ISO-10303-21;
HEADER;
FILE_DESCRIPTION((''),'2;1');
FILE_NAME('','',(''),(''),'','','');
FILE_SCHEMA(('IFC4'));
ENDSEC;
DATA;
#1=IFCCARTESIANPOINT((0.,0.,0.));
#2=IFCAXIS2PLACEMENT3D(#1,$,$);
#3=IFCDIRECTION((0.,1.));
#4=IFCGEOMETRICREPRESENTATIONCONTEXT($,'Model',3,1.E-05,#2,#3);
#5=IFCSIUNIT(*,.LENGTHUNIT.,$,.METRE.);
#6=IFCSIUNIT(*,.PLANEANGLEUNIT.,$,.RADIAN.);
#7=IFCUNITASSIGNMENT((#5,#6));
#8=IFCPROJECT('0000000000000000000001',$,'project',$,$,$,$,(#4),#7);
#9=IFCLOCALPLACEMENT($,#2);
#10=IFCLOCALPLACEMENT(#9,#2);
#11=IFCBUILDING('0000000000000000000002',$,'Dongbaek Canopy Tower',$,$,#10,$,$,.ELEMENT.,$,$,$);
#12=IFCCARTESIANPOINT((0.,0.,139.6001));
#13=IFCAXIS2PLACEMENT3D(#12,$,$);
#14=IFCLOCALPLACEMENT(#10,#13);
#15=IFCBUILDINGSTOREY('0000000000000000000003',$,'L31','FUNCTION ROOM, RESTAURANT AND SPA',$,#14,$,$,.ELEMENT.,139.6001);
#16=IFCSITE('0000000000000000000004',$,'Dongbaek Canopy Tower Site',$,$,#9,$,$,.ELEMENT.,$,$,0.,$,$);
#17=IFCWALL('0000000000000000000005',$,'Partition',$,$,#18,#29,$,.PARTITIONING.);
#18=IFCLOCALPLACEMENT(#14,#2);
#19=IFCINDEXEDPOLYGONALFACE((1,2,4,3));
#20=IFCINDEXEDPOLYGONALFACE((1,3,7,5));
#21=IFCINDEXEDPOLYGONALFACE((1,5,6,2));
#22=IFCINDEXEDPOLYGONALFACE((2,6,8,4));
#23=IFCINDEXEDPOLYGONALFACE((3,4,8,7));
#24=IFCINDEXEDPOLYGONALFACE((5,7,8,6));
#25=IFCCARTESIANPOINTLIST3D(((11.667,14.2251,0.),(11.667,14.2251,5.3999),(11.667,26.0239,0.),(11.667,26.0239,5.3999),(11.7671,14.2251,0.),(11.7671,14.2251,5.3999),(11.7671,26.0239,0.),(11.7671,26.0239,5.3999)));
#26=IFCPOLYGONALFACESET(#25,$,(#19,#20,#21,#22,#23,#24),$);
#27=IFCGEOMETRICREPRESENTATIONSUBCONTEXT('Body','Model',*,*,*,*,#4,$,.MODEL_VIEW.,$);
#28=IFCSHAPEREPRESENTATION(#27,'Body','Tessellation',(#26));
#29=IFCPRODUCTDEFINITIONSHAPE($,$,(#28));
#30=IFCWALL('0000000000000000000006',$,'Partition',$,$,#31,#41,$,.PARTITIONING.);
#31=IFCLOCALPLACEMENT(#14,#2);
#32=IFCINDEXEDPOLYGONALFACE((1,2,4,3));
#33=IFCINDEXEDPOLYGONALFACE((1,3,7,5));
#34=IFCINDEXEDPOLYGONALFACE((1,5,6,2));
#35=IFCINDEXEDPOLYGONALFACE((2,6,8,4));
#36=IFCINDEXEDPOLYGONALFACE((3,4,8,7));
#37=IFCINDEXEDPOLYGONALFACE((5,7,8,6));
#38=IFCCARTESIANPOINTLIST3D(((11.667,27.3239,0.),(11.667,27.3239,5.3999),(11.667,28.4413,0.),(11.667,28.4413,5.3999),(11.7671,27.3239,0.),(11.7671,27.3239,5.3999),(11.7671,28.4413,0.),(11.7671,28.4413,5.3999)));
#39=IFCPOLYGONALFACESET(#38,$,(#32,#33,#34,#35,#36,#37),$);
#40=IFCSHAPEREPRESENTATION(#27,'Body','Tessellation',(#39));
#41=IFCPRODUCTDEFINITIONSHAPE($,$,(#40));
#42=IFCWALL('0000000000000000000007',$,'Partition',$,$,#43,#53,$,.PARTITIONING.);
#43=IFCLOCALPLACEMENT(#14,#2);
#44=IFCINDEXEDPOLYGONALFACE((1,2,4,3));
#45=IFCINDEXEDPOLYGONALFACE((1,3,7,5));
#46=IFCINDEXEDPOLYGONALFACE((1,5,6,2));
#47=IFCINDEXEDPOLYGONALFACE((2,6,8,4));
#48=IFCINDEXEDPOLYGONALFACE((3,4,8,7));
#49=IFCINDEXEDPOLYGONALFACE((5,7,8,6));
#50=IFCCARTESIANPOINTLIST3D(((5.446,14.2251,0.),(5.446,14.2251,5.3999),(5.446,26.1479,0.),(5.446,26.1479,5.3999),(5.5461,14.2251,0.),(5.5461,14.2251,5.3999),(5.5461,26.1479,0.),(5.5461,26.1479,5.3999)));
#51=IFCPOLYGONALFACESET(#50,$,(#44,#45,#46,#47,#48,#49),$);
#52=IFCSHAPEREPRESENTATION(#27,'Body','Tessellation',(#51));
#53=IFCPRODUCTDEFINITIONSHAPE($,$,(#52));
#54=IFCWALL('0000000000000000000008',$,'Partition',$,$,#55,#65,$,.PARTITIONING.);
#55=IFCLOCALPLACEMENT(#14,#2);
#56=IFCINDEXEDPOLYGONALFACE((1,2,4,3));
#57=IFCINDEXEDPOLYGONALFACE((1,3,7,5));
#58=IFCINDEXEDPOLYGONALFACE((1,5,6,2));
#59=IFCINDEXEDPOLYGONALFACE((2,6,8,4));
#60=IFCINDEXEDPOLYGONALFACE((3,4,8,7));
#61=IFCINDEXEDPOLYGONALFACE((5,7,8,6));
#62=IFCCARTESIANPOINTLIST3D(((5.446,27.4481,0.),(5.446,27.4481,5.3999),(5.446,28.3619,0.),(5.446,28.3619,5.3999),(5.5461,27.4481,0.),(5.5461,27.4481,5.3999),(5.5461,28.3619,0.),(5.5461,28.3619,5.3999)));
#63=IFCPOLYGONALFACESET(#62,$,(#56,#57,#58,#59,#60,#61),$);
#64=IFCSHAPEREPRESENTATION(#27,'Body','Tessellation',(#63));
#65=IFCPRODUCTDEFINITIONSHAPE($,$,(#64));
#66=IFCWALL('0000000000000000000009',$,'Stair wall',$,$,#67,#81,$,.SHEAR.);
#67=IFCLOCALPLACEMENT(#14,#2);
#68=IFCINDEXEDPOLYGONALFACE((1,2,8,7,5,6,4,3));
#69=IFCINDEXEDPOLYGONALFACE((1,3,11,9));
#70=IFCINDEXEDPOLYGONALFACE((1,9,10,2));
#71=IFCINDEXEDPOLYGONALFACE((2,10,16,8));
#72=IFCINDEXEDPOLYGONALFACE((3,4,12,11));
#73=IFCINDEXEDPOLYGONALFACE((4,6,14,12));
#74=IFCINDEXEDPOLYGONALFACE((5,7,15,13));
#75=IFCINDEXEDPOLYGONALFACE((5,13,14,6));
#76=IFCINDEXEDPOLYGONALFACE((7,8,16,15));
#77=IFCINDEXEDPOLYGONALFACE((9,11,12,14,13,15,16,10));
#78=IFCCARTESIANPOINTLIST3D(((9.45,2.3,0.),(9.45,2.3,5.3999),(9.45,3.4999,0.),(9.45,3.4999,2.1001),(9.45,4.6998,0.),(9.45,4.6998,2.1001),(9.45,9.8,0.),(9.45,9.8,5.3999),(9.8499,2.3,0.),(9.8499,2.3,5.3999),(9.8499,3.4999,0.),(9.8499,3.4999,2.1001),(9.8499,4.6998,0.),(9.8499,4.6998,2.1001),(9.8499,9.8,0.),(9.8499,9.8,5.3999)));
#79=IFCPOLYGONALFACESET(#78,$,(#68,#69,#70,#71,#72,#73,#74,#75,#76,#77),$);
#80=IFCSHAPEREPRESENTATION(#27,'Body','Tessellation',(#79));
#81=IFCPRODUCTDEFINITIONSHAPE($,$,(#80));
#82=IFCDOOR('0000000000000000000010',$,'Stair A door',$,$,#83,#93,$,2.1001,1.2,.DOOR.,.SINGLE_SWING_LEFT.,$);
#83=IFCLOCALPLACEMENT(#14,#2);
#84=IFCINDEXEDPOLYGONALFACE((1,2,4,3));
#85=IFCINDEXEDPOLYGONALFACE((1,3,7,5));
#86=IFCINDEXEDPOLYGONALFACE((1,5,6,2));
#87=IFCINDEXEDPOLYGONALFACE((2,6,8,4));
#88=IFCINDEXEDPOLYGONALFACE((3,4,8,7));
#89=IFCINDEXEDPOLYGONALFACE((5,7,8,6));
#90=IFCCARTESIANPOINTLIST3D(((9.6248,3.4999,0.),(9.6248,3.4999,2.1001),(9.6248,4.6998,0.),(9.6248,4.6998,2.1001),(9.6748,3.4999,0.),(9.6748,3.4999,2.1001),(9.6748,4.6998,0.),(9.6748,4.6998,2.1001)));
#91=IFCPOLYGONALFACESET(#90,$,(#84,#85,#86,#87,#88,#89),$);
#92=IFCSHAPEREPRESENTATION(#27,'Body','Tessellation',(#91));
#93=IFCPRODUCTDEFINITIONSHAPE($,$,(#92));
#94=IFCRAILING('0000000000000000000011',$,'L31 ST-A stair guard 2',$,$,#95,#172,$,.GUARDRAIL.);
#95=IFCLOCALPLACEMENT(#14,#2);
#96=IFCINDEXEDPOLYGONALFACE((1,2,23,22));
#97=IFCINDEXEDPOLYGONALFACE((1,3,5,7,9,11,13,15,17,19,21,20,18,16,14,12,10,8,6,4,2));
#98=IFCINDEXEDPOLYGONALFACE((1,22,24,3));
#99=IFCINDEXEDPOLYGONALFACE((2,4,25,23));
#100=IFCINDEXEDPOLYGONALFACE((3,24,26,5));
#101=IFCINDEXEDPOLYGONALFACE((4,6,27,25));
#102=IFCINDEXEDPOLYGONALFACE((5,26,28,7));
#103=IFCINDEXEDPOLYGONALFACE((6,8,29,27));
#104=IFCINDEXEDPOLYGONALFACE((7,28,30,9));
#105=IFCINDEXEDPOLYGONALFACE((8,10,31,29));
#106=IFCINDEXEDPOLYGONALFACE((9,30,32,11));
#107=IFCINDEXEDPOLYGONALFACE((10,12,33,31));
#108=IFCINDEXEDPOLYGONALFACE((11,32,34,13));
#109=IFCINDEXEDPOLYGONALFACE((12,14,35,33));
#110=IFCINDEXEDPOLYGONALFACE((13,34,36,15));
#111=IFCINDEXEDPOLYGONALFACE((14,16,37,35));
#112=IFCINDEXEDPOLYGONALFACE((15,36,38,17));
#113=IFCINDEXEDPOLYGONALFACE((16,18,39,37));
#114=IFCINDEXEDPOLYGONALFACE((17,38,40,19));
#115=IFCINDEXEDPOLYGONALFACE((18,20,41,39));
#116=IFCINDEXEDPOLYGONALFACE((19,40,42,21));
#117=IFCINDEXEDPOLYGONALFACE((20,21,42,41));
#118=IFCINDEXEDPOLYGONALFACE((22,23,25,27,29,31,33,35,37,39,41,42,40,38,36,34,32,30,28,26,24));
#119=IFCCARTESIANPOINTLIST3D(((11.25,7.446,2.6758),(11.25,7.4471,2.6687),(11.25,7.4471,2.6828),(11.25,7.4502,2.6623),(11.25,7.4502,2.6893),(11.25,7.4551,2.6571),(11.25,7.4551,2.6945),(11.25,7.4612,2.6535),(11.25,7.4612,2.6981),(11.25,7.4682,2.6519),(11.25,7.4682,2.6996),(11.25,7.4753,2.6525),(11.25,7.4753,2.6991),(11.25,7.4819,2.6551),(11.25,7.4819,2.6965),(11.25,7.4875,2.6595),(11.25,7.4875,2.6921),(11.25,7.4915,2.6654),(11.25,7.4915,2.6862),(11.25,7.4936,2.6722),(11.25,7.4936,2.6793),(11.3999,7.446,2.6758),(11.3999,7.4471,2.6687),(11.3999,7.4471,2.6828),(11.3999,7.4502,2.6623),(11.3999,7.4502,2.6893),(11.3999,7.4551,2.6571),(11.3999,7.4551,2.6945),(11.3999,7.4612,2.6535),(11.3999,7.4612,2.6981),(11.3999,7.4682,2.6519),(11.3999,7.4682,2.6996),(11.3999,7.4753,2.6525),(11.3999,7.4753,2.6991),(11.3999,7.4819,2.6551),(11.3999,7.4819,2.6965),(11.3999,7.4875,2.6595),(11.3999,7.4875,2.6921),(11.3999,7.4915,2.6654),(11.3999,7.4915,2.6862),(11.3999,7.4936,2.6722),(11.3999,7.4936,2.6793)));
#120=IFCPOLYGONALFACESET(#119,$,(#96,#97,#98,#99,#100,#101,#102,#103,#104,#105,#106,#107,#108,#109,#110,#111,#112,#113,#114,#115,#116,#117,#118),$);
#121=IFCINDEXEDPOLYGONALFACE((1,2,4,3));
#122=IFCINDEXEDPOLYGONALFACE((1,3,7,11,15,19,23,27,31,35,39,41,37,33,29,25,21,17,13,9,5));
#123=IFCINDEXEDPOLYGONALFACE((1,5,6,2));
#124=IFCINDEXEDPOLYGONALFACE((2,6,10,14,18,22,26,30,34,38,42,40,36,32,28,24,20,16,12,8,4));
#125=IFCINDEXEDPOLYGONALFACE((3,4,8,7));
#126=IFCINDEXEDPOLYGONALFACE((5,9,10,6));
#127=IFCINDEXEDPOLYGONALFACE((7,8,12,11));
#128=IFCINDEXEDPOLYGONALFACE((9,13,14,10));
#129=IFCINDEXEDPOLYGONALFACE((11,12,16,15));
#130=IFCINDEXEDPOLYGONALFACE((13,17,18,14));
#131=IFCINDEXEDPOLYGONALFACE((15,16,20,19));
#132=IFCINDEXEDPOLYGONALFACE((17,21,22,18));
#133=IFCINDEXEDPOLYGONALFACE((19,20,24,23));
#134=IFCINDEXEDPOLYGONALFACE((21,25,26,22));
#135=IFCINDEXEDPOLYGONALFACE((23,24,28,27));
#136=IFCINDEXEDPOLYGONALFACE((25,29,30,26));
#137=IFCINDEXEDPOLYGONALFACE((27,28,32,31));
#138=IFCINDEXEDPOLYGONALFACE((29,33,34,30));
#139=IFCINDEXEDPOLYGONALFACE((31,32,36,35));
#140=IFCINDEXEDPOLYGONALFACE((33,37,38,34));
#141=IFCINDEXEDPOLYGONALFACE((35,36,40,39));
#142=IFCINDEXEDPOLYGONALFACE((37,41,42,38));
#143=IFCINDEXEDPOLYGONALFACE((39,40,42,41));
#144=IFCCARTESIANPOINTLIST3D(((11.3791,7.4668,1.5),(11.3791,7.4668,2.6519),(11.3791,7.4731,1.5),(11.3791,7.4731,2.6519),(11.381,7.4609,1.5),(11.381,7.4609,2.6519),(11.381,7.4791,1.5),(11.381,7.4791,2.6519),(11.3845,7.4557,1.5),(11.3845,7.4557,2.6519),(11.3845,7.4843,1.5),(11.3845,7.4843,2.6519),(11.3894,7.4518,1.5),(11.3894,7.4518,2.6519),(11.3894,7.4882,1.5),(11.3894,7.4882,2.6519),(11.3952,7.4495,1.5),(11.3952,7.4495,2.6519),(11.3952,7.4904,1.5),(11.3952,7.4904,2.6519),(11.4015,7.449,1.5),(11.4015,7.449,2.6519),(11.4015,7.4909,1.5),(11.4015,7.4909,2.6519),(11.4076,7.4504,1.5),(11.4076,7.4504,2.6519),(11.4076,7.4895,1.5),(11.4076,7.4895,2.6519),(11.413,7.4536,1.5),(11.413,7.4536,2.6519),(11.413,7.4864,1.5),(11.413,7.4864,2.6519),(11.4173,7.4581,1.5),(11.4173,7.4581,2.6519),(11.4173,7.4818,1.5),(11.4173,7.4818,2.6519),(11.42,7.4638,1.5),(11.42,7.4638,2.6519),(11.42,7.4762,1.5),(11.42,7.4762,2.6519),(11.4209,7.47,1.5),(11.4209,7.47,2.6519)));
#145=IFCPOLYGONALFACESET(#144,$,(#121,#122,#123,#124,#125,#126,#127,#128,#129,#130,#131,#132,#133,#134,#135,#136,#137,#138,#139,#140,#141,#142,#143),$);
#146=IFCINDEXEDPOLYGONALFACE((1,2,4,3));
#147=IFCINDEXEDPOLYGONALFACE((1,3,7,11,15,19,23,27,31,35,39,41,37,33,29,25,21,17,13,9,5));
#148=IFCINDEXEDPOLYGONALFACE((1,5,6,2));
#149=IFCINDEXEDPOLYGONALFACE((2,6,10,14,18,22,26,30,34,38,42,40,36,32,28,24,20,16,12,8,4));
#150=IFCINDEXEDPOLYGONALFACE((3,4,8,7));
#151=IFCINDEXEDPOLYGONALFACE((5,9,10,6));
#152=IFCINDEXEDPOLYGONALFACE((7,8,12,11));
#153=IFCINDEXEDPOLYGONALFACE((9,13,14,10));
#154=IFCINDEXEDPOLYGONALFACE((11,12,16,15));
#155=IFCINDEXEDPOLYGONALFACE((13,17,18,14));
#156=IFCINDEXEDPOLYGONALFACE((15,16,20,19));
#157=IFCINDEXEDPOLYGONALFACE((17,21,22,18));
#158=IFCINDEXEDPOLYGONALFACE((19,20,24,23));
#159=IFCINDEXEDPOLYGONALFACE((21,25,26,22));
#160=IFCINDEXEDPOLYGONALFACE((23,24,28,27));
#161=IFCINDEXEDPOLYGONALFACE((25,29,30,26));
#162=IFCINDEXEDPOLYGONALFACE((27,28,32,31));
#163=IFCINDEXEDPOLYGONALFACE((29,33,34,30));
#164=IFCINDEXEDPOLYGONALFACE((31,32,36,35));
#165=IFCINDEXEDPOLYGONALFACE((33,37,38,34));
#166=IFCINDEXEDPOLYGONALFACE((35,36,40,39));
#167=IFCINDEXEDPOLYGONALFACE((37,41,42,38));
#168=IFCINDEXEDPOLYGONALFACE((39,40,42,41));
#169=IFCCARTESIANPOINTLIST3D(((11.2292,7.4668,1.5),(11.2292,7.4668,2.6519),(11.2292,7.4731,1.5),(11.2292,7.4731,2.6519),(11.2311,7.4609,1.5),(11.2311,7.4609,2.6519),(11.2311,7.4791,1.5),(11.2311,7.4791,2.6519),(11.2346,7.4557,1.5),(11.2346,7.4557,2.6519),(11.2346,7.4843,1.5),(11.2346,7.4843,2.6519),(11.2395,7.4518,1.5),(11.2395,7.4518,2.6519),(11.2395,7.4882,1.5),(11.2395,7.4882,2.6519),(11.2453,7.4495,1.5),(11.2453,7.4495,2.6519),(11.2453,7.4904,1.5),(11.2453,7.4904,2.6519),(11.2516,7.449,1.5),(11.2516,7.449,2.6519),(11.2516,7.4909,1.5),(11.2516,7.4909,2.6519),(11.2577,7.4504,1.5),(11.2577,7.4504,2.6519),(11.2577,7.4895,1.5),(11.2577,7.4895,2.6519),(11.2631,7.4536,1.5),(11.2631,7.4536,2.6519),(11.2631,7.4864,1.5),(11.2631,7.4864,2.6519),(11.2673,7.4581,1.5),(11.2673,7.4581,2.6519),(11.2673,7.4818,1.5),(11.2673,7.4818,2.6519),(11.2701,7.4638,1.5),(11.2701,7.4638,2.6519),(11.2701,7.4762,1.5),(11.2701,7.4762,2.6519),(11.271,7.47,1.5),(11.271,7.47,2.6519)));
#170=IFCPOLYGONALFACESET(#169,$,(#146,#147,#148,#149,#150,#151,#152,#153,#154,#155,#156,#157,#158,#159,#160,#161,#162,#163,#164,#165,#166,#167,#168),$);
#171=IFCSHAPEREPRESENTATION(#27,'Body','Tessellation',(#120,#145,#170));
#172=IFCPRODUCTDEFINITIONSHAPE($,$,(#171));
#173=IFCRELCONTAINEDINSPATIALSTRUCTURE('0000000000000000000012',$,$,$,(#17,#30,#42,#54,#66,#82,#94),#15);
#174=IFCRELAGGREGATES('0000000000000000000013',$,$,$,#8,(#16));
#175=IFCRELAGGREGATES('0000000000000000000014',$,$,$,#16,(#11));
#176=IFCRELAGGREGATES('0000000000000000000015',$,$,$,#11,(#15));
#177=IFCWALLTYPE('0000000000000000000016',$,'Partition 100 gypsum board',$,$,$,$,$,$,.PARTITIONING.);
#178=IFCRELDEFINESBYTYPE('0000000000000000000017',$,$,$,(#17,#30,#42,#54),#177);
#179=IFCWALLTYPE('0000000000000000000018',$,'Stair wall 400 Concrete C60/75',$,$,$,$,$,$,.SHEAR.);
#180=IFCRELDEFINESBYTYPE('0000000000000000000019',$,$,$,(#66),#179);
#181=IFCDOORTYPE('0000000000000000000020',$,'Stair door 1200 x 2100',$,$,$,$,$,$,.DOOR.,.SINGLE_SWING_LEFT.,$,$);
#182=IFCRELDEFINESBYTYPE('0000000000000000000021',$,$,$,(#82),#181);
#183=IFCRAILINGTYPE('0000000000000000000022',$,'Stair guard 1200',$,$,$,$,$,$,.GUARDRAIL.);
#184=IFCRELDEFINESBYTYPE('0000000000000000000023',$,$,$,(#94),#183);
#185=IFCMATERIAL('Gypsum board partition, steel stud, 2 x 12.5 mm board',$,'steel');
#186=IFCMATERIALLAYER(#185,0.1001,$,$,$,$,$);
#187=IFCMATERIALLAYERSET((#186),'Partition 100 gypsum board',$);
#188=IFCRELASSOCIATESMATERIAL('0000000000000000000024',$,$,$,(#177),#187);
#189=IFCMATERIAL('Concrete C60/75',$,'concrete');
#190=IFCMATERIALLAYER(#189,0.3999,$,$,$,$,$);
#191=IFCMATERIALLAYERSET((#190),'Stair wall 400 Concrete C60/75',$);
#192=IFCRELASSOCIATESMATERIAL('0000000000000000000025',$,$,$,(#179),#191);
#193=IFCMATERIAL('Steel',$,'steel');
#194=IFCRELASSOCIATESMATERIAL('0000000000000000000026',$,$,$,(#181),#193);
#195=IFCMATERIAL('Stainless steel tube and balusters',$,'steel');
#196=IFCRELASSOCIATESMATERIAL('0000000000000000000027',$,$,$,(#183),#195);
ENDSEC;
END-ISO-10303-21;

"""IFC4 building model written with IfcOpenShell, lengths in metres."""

from ifc_helpers import new_model, si_unit, direction, frame, frame_2d, origin, origin_2d, place, context, subcontext, project, spatial, rectangle, circle, extrude, material, layer, layer_set, type_object, element, fill, save


model = new_model("IFC4")

# Units and contexts
model_context = context("Model", 3, precision=1e-05, world=origin(), true_north=direction((0.0, 1.0)))
body_context = subcontext(model_context, "Body", "Model", "MODEL_VIEW")
ifc_project = project(units=[si_unit("LENGTHUNIT", "METRE"), si_unit("PLANEANGLEUNIT", "RADIAN")], contexts=[model_context])

# Site, building, storey
site_placement = place(None, origin())
site = spatial("IfcSite", under=ifc_project, at=site_placement, Name="Dongbaek Canopy Tower Site", CompositionType="ELEMENT", RefElevation=0.0)
building_placement = place(site_placement, origin())
building = spatial("IfcBuilding", under=site, at=building_placement, Name="Dongbaek Canopy Tower", CompositionType="ELEMENT")
storey_placement = place(building_placement, frame((0.0, 0.0, 139.6001)))
storey = spatial("IfcBuildingStorey", under=building, at=storey_placement, Name="L31", Description="FUNCTION ROOM, RESTAURANT AND SPA", CompositionType="ELEMENT", Elevation=139.6001)

# Walls
ifc_material_1 = material(Name="Gypsum board partition, steel stud, 2 x 12.5 mm board", Category="steel")
ifc_layer_1 = layer(ifc_material_1, 0.1001)
ifc_layer_set_1 = layer_set([ifc_layer_1], Name="Partition 100 gypsum board")
wall_type_1 = type_object("IfcWallType", Name="Partition 100 gypsum board", PredefinedType="PARTITIONING", material=ifc_layer_set_1)
wall_1_placement = place(storey_placement, frame((11.717, 14.2251, 0.0), z_axis=(0.0, 0.0, 1.0), x_axis=(0.0, 1.0, 0.0)))
element("IfcWall", 1, at=wall_1_placement, inside=storey, type_object=wall_type_1, Name="Partition", PredefinedType="PARTITIONING", context=body_context, shape_type="SweptSolid", body=[
    extrude(rectangle(XDim=11.7988, YDim=0.1001, at=frame_2d((5.8994, 0.0))), origin(), (0.0, 0.0, 1.0), 5.3999),
])
wall_2_placement = place(storey_placement, frame((11.717, 27.324, 0.0), z_axis=(0.0, 0.0, 1.0), x_axis=(0.0, 1.0, 0.0)))
element("IfcWall", 2, at=wall_2_placement, inside=storey, type_object=wall_type_1, Name="Partition", PredefinedType="PARTITIONING", context=body_context, shape_type="SweptSolid", body=[
    extrude(rectangle(XDim=1.1174, YDim=0.1001, at=frame_2d((0.5586, 0.0))), origin(), (0.0, 0.0, 1.0), 5.3999),
])
wall_3_placement = place(storey_placement, frame((5.4961, 14.2251, 0.0), z_axis=(0.0, 0.0, 1.0), x_axis=(0.0, 1.0, 0.0)))
element("IfcWall", 3, at=wall_3_placement, inside=storey, type_object=wall_type_1, Name="Partition", PredefinedType="PARTITIONING", context=body_context, shape_type="SweptSolid", body=[
    extrude(rectangle(XDim=11.9229, YDim=0.1001, at=frame_2d((5.9614, 0.0))), origin(), (0.0, 0.0, 1.0), 5.3999),
])
wall_4_placement = place(storey_placement, frame((5.4961, 27.448, 0.0), z_axis=(0.0, 0.0, 1.0), x_axis=(0.0, 1.0, 0.0)))
element("IfcWall", 4, at=wall_4_placement, inside=storey, type_object=wall_type_1, Name="Partition", PredefinedType="PARTITIONING", context=body_context, shape_type="SweptSolid", body=[
    extrude(rectangle(XDim=0.9138, YDim=0.1001, at=frame_2d((0.457, 0.0))), origin(), (0.0, 0.0, 1.0), 5.3999),
])

# Wall, opening, door
ifc_material_2 = material(Name="Concrete C60/75", Category="concrete")
ifc_layer_2 = layer(ifc_material_2, 0.3999)
ifc_layer_set_2 = layer_set([ifc_layer_2], Name="Stair wall 400 Concrete C60/75")
wall_type_2 = type_object("IfcWallType", Name="Stair wall 400 Concrete C60/75", PredefinedType="SHEAR", material=ifc_layer_set_2)
wall_5_placement = place(storey_placement, frame((9.6499, 9.8, 0.0), z_axis=(0.0, 0.0, 1.0), x_axis=(0.0, -1.0, 0.0)))
wall_5 = element("IfcWall", 5, at=wall_5_placement, inside=storey, type_object=wall_type_2, Name="Stair wall", PredefinedType="SHEAR", context=body_context, shape_type="SweptSolid", body=[
    extrude(rectangle(XDim=7.5, YDim=0.3999, at=frame_2d((3.75, 0.0))), origin(), (0.0, 0.0, 1.0), 5.3999),
])
opening_placement = place(wall_5_placement, frame((5.1001, 0.0, 0.0)))
opening = element("IfcOpeningElement", 6, at=opening_placement, cuts=wall_5, PredefinedType="OPENING", context=body_context, shape_type="SweptSolid", body=[
    extrude(rectangle(XDim=1.2, YDim=2.1001, at=frame_2d((0.6001, 1.05))), frame((0.0, 0.21, 0.0), z_axis=(0.0, -1.0, 0.0), x_axis=(1.0, 0.0, 0.0)), (0.0, 0.0, 1.0), 0.4199),
])
ifc_material_3 = material(Name="Steel", Category="steel")
door_type = type_object("IfcDoorType", Name="Stair door 1200 x 2100", OperationType="SINGLE_SWING_LEFT", PredefinedType="DOOR", material=ifc_material_3)
door_placement = place(opening_placement, origin())
door = element("IfcDoor", 7, at=door_placement, inside=storey, type_object=door_type, Name="Stair A door", OperationType="SINGLE_SWING_LEFT", OverallHeight=2.1001, OverallWidth=1.2, PredefinedType="DOOR", context=body_context, shape_type="SweptSolid", body=[
    extrude(rectangle(XDim=1.2, YDim=2.1001, at=frame_2d((0.6001, 1.05))), frame((0.0, 0.0249, 0.0), z_axis=(0.0, -1.0, 0.0), x_axis=(1.0, 0.0, 0.0)), (0.0, 0.0, 1.0), 0.05),
])
fill(opening, door)

# Railing
ifc_material_4 = material(Name="Stainless steel tube and balusters", Category="steel")
railing_type = type_object("IfcRailingType", Name="Stair guard 1200", PredefinedType="GUARDRAIL", material=ifc_material_4)
for number, where, name in (
    (8, (11.3999, 7.47, 1.5), "L31 ST-A stair guard 2"),
):
    element("IfcRailing", number, at=place(storey_placement, frame(where)), inside=storey, type_object=railing_type, Name=name, PredefinedType="GUARDRAIL", context=body_context, shape_type="SweptSolid", body=[
        extrude(circle(Radius=0.0239, at=origin_2d()), frame((0.0, 0.0, 1.1758), z_axis=(-1.0, 0.0, 0.0), x_axis=(0.0, -1.0, 0.0)), (0.0, 0.0, 1.0), 0.1499),
        extrude(circle(Radius=0.021, at=origin_2d()), origin(), (0.0, 0.0, 1.0), 1.1519),
        extrude(circle(Radius=0.021, at=origin_2d()), frame((-0.1499, 0.0, 0.0)), (0.0, 0.0, 1.0), 1.1519),
    ])

save(model, "model.ifc")
